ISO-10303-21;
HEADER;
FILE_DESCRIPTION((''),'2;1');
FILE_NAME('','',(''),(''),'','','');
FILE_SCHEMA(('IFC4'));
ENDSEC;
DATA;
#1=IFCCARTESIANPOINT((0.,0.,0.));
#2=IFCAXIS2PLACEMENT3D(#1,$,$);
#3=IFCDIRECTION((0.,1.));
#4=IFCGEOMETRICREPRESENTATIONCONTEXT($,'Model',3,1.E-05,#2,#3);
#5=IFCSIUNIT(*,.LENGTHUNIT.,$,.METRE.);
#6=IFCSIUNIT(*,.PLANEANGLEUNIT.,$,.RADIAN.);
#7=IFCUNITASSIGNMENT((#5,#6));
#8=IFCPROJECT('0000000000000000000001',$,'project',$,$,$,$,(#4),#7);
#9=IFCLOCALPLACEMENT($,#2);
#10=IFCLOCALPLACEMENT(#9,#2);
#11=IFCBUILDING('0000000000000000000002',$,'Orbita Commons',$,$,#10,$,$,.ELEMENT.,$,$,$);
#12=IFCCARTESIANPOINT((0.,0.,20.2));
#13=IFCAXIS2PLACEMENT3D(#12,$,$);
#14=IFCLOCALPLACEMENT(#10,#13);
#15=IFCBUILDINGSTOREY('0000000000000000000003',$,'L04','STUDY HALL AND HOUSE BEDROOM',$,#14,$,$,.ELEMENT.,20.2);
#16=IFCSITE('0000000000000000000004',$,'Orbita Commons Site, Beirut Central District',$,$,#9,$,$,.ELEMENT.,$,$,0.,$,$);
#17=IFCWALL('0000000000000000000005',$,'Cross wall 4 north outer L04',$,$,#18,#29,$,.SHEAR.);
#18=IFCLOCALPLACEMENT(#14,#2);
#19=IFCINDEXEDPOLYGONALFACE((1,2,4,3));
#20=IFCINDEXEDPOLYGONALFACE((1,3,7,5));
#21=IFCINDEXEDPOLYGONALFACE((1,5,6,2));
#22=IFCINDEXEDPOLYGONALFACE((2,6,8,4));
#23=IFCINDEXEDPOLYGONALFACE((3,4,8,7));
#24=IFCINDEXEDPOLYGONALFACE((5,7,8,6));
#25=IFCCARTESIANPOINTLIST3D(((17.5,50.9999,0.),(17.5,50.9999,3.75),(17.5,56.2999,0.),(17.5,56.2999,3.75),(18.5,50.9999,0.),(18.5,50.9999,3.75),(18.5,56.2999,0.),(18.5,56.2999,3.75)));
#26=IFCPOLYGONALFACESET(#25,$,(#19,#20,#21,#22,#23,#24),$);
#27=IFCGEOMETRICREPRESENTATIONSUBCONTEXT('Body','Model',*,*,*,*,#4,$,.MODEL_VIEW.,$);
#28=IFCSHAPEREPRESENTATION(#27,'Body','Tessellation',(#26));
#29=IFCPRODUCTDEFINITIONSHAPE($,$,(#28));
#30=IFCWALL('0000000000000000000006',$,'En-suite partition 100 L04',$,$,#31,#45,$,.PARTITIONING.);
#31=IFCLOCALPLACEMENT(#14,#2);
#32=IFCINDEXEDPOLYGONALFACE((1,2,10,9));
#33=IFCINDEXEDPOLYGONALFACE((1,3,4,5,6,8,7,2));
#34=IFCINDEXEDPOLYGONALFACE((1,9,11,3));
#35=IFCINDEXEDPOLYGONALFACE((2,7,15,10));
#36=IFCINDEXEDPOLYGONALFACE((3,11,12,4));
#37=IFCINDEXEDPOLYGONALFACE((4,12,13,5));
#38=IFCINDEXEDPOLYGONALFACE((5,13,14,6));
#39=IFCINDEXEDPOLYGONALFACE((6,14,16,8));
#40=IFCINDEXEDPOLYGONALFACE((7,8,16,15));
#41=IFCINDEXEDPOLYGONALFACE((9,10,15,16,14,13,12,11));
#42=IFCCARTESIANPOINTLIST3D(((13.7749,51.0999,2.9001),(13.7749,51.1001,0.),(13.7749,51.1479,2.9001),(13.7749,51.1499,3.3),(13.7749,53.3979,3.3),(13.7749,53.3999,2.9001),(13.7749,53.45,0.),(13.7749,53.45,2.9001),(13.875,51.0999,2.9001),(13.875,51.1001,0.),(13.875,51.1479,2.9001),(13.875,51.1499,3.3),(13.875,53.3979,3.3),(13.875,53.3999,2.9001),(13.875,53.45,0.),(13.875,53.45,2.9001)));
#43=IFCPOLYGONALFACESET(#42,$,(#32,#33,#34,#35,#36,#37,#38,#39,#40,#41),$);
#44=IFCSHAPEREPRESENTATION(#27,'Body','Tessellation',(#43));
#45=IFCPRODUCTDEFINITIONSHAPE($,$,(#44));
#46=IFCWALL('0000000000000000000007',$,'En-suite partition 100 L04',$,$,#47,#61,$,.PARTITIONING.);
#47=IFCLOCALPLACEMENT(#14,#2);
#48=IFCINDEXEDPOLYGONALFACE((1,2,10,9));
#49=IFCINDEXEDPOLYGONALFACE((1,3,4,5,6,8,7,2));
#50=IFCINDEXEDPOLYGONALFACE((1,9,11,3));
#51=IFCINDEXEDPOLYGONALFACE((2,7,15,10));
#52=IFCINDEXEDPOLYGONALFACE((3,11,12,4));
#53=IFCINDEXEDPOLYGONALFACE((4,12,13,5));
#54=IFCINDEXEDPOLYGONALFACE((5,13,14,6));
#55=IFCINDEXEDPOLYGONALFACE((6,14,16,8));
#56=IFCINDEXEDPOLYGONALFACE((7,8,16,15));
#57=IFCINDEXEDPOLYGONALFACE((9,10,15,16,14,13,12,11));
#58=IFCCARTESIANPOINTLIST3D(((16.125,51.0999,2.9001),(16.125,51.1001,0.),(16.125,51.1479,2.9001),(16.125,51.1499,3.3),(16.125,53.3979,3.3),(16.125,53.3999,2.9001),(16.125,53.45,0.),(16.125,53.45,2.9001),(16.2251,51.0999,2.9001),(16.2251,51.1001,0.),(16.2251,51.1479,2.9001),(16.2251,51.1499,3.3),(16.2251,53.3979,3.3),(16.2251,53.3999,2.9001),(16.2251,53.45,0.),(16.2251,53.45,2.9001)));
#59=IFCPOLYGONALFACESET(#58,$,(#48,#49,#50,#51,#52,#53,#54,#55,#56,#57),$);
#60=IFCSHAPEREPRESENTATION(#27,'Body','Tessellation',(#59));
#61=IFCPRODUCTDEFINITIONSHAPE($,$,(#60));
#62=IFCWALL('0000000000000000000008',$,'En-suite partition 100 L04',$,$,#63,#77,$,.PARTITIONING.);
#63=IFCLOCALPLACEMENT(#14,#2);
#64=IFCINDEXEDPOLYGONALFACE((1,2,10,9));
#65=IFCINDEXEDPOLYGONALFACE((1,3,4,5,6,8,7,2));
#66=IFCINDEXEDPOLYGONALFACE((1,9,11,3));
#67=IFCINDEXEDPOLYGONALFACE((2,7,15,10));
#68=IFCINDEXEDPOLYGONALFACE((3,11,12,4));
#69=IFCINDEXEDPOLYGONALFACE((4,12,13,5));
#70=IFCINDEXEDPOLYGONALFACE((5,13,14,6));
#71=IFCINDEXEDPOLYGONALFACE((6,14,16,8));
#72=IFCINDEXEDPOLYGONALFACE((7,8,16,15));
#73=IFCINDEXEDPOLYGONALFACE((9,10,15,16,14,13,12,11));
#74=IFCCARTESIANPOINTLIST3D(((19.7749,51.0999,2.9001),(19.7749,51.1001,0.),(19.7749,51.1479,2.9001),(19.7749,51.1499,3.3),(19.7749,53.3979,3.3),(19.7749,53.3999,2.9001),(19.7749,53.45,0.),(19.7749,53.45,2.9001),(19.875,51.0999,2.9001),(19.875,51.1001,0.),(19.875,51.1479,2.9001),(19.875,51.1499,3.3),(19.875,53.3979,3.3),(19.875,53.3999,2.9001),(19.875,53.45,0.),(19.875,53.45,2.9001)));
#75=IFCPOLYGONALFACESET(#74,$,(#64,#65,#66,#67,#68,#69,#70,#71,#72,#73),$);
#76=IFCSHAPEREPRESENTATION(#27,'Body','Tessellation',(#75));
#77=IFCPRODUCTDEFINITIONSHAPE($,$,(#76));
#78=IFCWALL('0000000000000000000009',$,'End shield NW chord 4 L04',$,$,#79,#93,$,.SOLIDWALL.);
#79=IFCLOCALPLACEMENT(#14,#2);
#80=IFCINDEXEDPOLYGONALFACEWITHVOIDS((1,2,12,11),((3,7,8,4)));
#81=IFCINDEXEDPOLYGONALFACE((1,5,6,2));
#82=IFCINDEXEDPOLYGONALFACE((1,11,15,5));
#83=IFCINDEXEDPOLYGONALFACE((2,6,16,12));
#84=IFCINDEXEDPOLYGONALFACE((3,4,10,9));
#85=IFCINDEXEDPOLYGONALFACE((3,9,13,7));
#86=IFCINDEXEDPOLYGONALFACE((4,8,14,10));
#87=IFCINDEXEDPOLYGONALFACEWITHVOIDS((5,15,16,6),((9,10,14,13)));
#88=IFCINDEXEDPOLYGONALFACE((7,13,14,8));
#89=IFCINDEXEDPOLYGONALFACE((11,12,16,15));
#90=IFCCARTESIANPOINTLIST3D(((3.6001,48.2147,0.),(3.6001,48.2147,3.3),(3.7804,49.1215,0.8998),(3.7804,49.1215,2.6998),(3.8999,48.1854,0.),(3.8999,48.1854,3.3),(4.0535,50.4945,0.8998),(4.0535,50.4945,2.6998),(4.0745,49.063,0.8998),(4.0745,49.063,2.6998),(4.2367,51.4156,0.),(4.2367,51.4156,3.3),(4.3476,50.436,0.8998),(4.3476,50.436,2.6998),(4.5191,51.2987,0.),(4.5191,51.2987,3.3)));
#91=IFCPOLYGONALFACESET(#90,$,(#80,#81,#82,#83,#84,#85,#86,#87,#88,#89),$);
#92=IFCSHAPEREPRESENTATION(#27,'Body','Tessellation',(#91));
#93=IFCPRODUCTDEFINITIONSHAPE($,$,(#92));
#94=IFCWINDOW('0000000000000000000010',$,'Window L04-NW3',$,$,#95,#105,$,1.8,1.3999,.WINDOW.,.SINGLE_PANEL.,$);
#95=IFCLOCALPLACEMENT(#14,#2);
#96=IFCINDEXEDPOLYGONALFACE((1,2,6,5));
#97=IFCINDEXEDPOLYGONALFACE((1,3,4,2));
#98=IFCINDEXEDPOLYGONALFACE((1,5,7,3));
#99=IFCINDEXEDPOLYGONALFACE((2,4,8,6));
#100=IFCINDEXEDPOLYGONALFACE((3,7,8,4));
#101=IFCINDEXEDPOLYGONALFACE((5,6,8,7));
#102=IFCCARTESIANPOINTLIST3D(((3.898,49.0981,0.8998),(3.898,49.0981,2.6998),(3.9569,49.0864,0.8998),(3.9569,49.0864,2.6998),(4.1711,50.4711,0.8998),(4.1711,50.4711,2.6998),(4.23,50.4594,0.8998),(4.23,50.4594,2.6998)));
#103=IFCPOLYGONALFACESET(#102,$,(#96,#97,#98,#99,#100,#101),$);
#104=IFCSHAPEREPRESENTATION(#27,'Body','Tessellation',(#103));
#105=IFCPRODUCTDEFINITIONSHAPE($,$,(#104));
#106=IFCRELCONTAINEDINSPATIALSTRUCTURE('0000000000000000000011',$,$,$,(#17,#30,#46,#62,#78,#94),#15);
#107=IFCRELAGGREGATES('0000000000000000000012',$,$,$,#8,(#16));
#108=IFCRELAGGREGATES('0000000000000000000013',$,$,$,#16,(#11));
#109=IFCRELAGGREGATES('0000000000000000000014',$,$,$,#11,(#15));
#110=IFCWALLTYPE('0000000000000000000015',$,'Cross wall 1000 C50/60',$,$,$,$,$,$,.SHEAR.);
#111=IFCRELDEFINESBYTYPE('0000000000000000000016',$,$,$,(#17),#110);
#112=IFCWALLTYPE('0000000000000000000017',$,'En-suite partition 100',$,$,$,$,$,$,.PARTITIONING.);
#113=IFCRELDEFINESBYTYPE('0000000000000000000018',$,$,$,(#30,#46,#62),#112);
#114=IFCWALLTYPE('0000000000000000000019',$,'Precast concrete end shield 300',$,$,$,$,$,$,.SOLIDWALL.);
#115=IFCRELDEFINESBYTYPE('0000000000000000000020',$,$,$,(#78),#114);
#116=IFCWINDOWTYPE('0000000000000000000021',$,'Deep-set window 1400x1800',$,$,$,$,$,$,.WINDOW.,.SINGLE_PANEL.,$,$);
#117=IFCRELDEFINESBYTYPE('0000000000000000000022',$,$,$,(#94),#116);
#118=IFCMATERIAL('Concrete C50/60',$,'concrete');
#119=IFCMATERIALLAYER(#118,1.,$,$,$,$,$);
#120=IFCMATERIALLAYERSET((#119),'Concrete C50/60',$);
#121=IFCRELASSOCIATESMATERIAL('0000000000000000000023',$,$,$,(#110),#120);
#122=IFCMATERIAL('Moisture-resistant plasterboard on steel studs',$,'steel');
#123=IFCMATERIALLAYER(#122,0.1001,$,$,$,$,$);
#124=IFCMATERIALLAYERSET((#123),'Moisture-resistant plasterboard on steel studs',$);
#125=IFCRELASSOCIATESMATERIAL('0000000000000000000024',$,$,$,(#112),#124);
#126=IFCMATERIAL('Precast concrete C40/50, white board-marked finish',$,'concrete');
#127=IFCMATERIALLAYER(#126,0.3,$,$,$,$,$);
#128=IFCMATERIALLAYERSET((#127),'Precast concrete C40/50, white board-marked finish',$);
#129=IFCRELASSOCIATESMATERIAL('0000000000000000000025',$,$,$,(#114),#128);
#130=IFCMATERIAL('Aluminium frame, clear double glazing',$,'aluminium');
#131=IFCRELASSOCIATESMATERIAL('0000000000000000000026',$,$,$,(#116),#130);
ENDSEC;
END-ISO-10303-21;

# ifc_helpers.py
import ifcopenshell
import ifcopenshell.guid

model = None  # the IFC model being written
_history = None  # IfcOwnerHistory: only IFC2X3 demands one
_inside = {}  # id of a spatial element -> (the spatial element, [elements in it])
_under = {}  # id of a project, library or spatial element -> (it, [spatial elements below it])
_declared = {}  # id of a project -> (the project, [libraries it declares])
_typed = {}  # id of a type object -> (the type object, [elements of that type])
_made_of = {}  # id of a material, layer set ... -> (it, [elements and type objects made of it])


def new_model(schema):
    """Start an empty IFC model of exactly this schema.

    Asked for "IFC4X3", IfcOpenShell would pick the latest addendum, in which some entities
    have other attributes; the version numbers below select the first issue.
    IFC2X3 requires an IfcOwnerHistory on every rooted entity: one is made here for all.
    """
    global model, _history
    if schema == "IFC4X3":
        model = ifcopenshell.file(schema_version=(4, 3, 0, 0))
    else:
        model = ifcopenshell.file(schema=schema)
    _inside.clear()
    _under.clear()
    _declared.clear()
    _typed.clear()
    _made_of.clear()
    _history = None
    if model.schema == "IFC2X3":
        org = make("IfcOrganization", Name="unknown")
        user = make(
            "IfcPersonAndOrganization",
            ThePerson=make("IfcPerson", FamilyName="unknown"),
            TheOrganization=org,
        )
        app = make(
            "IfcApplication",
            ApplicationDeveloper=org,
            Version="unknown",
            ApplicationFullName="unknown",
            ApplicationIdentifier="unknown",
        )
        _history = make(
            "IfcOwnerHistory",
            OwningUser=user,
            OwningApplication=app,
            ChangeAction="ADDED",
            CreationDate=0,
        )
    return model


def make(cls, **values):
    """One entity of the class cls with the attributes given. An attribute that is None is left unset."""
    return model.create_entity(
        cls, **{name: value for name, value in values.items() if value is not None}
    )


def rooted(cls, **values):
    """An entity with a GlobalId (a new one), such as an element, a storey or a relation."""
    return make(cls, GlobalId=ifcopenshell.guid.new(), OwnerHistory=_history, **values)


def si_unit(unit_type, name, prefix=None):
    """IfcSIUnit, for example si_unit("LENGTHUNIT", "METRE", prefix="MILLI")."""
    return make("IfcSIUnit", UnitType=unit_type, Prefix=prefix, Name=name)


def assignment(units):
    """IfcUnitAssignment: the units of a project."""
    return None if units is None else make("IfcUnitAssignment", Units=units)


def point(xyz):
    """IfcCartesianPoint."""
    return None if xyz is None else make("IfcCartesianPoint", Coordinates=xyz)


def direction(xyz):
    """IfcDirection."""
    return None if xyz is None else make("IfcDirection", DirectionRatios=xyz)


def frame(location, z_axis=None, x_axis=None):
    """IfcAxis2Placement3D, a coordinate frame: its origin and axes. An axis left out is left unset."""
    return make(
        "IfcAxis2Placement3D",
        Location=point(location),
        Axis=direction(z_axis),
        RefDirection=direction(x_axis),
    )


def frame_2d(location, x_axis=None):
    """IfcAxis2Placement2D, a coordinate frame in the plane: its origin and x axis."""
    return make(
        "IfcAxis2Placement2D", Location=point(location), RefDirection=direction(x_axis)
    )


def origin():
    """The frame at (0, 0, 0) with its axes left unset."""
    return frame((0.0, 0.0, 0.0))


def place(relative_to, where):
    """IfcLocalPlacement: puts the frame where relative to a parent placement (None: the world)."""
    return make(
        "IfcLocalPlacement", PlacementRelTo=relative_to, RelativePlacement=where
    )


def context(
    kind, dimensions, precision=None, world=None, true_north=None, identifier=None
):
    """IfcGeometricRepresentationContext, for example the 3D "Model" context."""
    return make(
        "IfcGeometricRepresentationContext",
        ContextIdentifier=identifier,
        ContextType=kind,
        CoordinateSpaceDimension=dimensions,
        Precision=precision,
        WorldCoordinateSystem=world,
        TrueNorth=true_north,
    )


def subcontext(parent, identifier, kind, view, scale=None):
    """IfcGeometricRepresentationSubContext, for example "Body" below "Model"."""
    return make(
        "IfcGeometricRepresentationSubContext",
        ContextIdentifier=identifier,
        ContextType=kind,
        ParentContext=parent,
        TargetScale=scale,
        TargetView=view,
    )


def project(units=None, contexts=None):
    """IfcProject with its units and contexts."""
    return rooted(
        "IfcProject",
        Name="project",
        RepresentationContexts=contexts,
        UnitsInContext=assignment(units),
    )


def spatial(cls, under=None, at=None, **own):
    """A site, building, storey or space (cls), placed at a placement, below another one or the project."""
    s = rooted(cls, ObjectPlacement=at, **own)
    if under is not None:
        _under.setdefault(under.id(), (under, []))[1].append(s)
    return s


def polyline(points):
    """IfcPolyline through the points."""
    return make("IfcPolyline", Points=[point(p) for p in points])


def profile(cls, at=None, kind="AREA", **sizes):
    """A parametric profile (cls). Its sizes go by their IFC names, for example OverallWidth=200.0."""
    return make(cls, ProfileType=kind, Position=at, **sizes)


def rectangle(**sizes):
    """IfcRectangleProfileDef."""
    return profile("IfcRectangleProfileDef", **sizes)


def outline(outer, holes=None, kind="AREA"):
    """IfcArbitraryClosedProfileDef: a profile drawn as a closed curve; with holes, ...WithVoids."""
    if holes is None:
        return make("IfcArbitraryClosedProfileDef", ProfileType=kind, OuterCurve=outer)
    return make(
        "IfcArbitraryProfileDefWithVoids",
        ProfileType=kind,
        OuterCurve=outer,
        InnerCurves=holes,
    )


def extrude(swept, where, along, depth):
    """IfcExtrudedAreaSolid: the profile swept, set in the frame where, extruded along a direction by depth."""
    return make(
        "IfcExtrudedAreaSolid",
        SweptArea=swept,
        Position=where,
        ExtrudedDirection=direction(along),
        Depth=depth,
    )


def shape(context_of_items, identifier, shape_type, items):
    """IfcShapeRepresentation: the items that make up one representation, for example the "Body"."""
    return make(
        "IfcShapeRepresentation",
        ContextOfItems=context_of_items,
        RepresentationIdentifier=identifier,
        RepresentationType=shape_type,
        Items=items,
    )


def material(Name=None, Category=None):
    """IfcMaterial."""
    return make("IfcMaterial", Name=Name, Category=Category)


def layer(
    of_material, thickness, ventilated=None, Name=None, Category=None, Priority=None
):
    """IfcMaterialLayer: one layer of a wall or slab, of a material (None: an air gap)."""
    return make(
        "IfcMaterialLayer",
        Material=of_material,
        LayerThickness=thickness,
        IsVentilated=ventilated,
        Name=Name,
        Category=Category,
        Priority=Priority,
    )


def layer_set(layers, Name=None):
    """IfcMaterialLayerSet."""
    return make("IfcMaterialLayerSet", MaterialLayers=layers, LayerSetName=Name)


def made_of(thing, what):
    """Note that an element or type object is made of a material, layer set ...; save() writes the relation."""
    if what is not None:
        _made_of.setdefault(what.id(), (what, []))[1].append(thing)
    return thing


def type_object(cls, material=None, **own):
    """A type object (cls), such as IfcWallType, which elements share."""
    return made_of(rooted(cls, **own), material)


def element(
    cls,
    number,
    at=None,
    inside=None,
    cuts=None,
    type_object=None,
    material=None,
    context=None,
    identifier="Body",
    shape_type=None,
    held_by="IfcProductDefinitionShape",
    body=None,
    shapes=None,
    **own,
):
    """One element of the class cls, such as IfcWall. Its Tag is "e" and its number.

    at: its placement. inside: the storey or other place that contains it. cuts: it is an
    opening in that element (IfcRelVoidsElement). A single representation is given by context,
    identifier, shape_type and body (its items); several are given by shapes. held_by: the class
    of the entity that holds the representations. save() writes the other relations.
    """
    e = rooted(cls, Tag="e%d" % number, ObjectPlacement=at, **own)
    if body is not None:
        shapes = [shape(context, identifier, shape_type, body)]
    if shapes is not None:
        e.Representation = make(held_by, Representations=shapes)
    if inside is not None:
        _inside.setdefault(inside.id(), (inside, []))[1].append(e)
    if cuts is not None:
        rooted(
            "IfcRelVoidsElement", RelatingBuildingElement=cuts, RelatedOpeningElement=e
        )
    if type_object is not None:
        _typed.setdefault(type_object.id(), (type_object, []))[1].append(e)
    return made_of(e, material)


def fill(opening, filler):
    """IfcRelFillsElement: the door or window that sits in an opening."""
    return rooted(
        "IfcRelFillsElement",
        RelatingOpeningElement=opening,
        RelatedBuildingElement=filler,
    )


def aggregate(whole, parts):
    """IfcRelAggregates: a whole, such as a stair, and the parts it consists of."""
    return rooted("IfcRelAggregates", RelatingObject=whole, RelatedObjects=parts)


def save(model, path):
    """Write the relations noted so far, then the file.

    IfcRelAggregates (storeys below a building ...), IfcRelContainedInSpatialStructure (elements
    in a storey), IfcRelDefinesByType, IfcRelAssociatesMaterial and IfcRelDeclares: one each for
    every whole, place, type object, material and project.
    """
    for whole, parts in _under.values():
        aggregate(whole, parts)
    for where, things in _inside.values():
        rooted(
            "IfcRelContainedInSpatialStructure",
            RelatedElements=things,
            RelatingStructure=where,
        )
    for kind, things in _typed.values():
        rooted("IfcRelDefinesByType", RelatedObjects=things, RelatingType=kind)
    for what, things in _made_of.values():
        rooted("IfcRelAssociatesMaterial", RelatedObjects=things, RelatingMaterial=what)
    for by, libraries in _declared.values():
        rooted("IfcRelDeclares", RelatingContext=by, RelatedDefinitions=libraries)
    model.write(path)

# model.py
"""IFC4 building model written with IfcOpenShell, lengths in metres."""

from ifc_helpers import new_model, si_unit, direction, frame, frame_2d, origin, place, context, subcontext, project, spatial, polyline, rectangle, outline, extrude, material, layer, layer_set, type_object, element, fill, save


model = new_model("IFC4")

# Units and contexts
model_context = context("Model", 3, precision=1e-05, world=origin(), true_north=direction((0.0, 1.0)))
body_context = subcontext(model_context, "Body", "Model", "MODEL_VIEW")
ifc_project = project(units=[si_unit("LENGTHUNIT", "METRE"), si_unit("PLANEANGLEUNIT", "RADIAN")], contexts=[model_context])

# Site, building, storey
site_placement = place(None, origin())
site = spatial("IfcSite", under=ifc_project, at=site_placement, Name="Orbita Commons Site, Beirut Central District", CompositionType="ELEMENT", RefElevation=0.0)
building_placement = place(site_placement, origin())
building = spatial("IfcBuilding", under=site, at=building_placement, Name="Orbita Commons", CompositionType="ELEMENT")
storey_placement = place(building_placement, frame((0.0, 0.0, 20.2)))
storey = spatial("IfcBuildingStorey", under=building, at=storey_placement, Name="L04", Description="STUDY HALL AND HOUSE BEDROOM", CompositionType="ELEMENT", Elevation=20.2)

# Walls
ifc_material_1 = material(Name="Concrete C50/60", Category="concrete")
ifc_layer_1 = layer(ifc_material_1, 1.0)
ifc_layer_set_1 = layer_set([ifc_layer_1], Name="Concrete C50/60")
wall_type_1 = type_object("IfcWallType", Name="Cross wall 1000 C50/60", PredefinedType="SHEAR", material=ifc_layer_set_1)
for number, where, z_axis, x_axis, name in (
    (1, (18.0, 51.0, 0.0), (0.0, 0.0, 1.0), (0.0, 1.0, 0.0), "Cross wall 4 north outer L04"),
):
    element("IfcWall", number, at=place(storey_placement, frame(where, z_axis=z_axis, x_axis=x_axis)), inside=storey, type_object=wall_type_1, Name=name, PredefinedType="SHEAR", context=body_context, shape_type="SweptSolid", body=[
        extrude(rectangle(XDim=5.3, YDim=1.0, at=frame_2d((2.6499, 0.0))), origin(), (0.0, 0.0, 1.0), 3.75),
    ])
ifc_material_2 = material(Name="Moisture-resistant plasterboard on steel studs", Category="steel")
ifc_layer_2 = layer(ifc_material_2, 0.1001)
ifc_layer_set_2 = layer_set([ifc_layer_2], Name="Moisture-resistant plasterboard on steel studs")
wall_type_2 = type_object("IfcWallType", Name="En-suite partition 100", PredefinedType="PARTITIONING", material=ifc_layer_set_2)
for number, where, z_axis, x_axis, name in (
    (2, (13.825, 53.45, 0.0), (0.0, 0.0, 1.0), (0.0, -1.0, 0.0), "En-suite partition 100 L04"),
    (3, (16.175, 53.45, 0.0), (0.0, 0.0, 1.0), (0.0, -1.0, 0.0), "En-suite partition 100 L04"),
    (4, (19.825, 53.45, 0.0), (0.0, 0.0, 1.0), (0.0, -1.0, 0.0), "En-suite partition 100 L04"),
):
    element("IfcWall", number, at=place(storey_placement, frame(where, z_axis=z_axis, x_axis=x_axis)), inside=storey, type_object=wall_type_2, Name=name, PredefinedType="PARTITIONING", context=body_context, shape_type="SweptSolid", body=[
        extrude(outline(polyline([(0.0, 0.0), (2.3499, 0.0), (2.3501, 2.9001), (2.302, 2.9001), (2.3, 3.3), (0.052, 3.3), (0.05, 2.9001), (0.0, 2.9001), (0.0, 0.0)])), frame((0.0, 0.05, 0.0), z_axis=(0.0, -1.0, 0.0), x_axis=(1.0, 0.0, 0.0)), (0.0, 0.0, 1.0), 0.1001),
    ])

# Wall, opening, window
ifc_material_3 = material(Name="Precast concrete C40/50, white board-marked finish", Category="concrete")
ifc_layer_3 = layer(ifc_material_3, 0.3)
ifc_layer_set_3 = layer_set([ifc_layer_3], Name="Precast concrete C40/50, white board-marked finish")
wall_type_3 = type_object("IfcWallType", Name="Precast concrete end shield 300", PredefinedType="SOLIDWALL", material=ifc_layer_set_3)
wall_1_placement = place(storey_placement, frame((4.3779, 51.3572, 0.0), z_axis=(0.0, 0.0, 1.0), x_axis=(-0.195066, -0.98079, 0.0)))
wall_1 = element("IfcWall", 5, at=wall_1_placement, inside=storey, type_object=wall_type_3, Name="End shield NW chord 4 L04", PredefinedType="SOLIDWALL", context=body_context, shape_type="SweptSolid", body=[
    extrude(outline(polyline([(-0.0298, -0.1499), (3.2339, -0.1499), (3.2041, 0.1499), (0.0298, 0.1499), (-0.0298, -0.1499)])), origin(), (0.0, 0.0, 1.0), 3.3),
])
opening_1_placement = place(wall_1_placement, frame((0.9094, 0.0, 0.8999)))
opening_1 = element("IfcOpeningElement", 6, at=opening_1_placement, cuts=wall_1, PredefinedType="OPENING", context=body_context, shape_type="SweptSolid", body=[
    extrude(rectangle(XDim=1.3999, YDim=1.8, at=frame_2d((0.7, 0.8999))), frame((0.0, 0.1599, 0.0), z_axis=(0.0, -1.0, 0.0), x_axis=(1.0, 0.0, 0.0)), (0.0, 0.0, 1.0), 0.3201),
])
ifc_material_4 = material(Name="Aluminium frame, clear double glazing", Category="aluminium")
window_type = type_object("IfcWindowType", Name="Deep-set window 1400x1800", PartitioningType="SINGLE_PANEL", PredefinedType="WINDOW", material=ifc_material_4)
window_placement = place(opening_1_placement, origin())
window = element("IfcWindow", 7, at=window_placement, inside=storey, type_object=window_type, Name="Window L04-NW3", OverallHeight=1.8, OverallWidth=1.3999, PartitioningType="SINGLE_PANEL", PredefinedType="WINDOW", context=body_context, shape_type="SweptSolid", body=[
    extrude(rectangle(XDim=1.3999, YDim=1.8, at=frame_2d((0.7, 0.8999))), frame((0.0, 0.03, 0.0), z_axis=(0.0, -1.0, 0.0), x_axis=(1.0, 0.0, 0.0)), (0.0, 0.0, 1.0), 0.0601),
])
fill(opening_1, window)

save(model, "model.ifc")
